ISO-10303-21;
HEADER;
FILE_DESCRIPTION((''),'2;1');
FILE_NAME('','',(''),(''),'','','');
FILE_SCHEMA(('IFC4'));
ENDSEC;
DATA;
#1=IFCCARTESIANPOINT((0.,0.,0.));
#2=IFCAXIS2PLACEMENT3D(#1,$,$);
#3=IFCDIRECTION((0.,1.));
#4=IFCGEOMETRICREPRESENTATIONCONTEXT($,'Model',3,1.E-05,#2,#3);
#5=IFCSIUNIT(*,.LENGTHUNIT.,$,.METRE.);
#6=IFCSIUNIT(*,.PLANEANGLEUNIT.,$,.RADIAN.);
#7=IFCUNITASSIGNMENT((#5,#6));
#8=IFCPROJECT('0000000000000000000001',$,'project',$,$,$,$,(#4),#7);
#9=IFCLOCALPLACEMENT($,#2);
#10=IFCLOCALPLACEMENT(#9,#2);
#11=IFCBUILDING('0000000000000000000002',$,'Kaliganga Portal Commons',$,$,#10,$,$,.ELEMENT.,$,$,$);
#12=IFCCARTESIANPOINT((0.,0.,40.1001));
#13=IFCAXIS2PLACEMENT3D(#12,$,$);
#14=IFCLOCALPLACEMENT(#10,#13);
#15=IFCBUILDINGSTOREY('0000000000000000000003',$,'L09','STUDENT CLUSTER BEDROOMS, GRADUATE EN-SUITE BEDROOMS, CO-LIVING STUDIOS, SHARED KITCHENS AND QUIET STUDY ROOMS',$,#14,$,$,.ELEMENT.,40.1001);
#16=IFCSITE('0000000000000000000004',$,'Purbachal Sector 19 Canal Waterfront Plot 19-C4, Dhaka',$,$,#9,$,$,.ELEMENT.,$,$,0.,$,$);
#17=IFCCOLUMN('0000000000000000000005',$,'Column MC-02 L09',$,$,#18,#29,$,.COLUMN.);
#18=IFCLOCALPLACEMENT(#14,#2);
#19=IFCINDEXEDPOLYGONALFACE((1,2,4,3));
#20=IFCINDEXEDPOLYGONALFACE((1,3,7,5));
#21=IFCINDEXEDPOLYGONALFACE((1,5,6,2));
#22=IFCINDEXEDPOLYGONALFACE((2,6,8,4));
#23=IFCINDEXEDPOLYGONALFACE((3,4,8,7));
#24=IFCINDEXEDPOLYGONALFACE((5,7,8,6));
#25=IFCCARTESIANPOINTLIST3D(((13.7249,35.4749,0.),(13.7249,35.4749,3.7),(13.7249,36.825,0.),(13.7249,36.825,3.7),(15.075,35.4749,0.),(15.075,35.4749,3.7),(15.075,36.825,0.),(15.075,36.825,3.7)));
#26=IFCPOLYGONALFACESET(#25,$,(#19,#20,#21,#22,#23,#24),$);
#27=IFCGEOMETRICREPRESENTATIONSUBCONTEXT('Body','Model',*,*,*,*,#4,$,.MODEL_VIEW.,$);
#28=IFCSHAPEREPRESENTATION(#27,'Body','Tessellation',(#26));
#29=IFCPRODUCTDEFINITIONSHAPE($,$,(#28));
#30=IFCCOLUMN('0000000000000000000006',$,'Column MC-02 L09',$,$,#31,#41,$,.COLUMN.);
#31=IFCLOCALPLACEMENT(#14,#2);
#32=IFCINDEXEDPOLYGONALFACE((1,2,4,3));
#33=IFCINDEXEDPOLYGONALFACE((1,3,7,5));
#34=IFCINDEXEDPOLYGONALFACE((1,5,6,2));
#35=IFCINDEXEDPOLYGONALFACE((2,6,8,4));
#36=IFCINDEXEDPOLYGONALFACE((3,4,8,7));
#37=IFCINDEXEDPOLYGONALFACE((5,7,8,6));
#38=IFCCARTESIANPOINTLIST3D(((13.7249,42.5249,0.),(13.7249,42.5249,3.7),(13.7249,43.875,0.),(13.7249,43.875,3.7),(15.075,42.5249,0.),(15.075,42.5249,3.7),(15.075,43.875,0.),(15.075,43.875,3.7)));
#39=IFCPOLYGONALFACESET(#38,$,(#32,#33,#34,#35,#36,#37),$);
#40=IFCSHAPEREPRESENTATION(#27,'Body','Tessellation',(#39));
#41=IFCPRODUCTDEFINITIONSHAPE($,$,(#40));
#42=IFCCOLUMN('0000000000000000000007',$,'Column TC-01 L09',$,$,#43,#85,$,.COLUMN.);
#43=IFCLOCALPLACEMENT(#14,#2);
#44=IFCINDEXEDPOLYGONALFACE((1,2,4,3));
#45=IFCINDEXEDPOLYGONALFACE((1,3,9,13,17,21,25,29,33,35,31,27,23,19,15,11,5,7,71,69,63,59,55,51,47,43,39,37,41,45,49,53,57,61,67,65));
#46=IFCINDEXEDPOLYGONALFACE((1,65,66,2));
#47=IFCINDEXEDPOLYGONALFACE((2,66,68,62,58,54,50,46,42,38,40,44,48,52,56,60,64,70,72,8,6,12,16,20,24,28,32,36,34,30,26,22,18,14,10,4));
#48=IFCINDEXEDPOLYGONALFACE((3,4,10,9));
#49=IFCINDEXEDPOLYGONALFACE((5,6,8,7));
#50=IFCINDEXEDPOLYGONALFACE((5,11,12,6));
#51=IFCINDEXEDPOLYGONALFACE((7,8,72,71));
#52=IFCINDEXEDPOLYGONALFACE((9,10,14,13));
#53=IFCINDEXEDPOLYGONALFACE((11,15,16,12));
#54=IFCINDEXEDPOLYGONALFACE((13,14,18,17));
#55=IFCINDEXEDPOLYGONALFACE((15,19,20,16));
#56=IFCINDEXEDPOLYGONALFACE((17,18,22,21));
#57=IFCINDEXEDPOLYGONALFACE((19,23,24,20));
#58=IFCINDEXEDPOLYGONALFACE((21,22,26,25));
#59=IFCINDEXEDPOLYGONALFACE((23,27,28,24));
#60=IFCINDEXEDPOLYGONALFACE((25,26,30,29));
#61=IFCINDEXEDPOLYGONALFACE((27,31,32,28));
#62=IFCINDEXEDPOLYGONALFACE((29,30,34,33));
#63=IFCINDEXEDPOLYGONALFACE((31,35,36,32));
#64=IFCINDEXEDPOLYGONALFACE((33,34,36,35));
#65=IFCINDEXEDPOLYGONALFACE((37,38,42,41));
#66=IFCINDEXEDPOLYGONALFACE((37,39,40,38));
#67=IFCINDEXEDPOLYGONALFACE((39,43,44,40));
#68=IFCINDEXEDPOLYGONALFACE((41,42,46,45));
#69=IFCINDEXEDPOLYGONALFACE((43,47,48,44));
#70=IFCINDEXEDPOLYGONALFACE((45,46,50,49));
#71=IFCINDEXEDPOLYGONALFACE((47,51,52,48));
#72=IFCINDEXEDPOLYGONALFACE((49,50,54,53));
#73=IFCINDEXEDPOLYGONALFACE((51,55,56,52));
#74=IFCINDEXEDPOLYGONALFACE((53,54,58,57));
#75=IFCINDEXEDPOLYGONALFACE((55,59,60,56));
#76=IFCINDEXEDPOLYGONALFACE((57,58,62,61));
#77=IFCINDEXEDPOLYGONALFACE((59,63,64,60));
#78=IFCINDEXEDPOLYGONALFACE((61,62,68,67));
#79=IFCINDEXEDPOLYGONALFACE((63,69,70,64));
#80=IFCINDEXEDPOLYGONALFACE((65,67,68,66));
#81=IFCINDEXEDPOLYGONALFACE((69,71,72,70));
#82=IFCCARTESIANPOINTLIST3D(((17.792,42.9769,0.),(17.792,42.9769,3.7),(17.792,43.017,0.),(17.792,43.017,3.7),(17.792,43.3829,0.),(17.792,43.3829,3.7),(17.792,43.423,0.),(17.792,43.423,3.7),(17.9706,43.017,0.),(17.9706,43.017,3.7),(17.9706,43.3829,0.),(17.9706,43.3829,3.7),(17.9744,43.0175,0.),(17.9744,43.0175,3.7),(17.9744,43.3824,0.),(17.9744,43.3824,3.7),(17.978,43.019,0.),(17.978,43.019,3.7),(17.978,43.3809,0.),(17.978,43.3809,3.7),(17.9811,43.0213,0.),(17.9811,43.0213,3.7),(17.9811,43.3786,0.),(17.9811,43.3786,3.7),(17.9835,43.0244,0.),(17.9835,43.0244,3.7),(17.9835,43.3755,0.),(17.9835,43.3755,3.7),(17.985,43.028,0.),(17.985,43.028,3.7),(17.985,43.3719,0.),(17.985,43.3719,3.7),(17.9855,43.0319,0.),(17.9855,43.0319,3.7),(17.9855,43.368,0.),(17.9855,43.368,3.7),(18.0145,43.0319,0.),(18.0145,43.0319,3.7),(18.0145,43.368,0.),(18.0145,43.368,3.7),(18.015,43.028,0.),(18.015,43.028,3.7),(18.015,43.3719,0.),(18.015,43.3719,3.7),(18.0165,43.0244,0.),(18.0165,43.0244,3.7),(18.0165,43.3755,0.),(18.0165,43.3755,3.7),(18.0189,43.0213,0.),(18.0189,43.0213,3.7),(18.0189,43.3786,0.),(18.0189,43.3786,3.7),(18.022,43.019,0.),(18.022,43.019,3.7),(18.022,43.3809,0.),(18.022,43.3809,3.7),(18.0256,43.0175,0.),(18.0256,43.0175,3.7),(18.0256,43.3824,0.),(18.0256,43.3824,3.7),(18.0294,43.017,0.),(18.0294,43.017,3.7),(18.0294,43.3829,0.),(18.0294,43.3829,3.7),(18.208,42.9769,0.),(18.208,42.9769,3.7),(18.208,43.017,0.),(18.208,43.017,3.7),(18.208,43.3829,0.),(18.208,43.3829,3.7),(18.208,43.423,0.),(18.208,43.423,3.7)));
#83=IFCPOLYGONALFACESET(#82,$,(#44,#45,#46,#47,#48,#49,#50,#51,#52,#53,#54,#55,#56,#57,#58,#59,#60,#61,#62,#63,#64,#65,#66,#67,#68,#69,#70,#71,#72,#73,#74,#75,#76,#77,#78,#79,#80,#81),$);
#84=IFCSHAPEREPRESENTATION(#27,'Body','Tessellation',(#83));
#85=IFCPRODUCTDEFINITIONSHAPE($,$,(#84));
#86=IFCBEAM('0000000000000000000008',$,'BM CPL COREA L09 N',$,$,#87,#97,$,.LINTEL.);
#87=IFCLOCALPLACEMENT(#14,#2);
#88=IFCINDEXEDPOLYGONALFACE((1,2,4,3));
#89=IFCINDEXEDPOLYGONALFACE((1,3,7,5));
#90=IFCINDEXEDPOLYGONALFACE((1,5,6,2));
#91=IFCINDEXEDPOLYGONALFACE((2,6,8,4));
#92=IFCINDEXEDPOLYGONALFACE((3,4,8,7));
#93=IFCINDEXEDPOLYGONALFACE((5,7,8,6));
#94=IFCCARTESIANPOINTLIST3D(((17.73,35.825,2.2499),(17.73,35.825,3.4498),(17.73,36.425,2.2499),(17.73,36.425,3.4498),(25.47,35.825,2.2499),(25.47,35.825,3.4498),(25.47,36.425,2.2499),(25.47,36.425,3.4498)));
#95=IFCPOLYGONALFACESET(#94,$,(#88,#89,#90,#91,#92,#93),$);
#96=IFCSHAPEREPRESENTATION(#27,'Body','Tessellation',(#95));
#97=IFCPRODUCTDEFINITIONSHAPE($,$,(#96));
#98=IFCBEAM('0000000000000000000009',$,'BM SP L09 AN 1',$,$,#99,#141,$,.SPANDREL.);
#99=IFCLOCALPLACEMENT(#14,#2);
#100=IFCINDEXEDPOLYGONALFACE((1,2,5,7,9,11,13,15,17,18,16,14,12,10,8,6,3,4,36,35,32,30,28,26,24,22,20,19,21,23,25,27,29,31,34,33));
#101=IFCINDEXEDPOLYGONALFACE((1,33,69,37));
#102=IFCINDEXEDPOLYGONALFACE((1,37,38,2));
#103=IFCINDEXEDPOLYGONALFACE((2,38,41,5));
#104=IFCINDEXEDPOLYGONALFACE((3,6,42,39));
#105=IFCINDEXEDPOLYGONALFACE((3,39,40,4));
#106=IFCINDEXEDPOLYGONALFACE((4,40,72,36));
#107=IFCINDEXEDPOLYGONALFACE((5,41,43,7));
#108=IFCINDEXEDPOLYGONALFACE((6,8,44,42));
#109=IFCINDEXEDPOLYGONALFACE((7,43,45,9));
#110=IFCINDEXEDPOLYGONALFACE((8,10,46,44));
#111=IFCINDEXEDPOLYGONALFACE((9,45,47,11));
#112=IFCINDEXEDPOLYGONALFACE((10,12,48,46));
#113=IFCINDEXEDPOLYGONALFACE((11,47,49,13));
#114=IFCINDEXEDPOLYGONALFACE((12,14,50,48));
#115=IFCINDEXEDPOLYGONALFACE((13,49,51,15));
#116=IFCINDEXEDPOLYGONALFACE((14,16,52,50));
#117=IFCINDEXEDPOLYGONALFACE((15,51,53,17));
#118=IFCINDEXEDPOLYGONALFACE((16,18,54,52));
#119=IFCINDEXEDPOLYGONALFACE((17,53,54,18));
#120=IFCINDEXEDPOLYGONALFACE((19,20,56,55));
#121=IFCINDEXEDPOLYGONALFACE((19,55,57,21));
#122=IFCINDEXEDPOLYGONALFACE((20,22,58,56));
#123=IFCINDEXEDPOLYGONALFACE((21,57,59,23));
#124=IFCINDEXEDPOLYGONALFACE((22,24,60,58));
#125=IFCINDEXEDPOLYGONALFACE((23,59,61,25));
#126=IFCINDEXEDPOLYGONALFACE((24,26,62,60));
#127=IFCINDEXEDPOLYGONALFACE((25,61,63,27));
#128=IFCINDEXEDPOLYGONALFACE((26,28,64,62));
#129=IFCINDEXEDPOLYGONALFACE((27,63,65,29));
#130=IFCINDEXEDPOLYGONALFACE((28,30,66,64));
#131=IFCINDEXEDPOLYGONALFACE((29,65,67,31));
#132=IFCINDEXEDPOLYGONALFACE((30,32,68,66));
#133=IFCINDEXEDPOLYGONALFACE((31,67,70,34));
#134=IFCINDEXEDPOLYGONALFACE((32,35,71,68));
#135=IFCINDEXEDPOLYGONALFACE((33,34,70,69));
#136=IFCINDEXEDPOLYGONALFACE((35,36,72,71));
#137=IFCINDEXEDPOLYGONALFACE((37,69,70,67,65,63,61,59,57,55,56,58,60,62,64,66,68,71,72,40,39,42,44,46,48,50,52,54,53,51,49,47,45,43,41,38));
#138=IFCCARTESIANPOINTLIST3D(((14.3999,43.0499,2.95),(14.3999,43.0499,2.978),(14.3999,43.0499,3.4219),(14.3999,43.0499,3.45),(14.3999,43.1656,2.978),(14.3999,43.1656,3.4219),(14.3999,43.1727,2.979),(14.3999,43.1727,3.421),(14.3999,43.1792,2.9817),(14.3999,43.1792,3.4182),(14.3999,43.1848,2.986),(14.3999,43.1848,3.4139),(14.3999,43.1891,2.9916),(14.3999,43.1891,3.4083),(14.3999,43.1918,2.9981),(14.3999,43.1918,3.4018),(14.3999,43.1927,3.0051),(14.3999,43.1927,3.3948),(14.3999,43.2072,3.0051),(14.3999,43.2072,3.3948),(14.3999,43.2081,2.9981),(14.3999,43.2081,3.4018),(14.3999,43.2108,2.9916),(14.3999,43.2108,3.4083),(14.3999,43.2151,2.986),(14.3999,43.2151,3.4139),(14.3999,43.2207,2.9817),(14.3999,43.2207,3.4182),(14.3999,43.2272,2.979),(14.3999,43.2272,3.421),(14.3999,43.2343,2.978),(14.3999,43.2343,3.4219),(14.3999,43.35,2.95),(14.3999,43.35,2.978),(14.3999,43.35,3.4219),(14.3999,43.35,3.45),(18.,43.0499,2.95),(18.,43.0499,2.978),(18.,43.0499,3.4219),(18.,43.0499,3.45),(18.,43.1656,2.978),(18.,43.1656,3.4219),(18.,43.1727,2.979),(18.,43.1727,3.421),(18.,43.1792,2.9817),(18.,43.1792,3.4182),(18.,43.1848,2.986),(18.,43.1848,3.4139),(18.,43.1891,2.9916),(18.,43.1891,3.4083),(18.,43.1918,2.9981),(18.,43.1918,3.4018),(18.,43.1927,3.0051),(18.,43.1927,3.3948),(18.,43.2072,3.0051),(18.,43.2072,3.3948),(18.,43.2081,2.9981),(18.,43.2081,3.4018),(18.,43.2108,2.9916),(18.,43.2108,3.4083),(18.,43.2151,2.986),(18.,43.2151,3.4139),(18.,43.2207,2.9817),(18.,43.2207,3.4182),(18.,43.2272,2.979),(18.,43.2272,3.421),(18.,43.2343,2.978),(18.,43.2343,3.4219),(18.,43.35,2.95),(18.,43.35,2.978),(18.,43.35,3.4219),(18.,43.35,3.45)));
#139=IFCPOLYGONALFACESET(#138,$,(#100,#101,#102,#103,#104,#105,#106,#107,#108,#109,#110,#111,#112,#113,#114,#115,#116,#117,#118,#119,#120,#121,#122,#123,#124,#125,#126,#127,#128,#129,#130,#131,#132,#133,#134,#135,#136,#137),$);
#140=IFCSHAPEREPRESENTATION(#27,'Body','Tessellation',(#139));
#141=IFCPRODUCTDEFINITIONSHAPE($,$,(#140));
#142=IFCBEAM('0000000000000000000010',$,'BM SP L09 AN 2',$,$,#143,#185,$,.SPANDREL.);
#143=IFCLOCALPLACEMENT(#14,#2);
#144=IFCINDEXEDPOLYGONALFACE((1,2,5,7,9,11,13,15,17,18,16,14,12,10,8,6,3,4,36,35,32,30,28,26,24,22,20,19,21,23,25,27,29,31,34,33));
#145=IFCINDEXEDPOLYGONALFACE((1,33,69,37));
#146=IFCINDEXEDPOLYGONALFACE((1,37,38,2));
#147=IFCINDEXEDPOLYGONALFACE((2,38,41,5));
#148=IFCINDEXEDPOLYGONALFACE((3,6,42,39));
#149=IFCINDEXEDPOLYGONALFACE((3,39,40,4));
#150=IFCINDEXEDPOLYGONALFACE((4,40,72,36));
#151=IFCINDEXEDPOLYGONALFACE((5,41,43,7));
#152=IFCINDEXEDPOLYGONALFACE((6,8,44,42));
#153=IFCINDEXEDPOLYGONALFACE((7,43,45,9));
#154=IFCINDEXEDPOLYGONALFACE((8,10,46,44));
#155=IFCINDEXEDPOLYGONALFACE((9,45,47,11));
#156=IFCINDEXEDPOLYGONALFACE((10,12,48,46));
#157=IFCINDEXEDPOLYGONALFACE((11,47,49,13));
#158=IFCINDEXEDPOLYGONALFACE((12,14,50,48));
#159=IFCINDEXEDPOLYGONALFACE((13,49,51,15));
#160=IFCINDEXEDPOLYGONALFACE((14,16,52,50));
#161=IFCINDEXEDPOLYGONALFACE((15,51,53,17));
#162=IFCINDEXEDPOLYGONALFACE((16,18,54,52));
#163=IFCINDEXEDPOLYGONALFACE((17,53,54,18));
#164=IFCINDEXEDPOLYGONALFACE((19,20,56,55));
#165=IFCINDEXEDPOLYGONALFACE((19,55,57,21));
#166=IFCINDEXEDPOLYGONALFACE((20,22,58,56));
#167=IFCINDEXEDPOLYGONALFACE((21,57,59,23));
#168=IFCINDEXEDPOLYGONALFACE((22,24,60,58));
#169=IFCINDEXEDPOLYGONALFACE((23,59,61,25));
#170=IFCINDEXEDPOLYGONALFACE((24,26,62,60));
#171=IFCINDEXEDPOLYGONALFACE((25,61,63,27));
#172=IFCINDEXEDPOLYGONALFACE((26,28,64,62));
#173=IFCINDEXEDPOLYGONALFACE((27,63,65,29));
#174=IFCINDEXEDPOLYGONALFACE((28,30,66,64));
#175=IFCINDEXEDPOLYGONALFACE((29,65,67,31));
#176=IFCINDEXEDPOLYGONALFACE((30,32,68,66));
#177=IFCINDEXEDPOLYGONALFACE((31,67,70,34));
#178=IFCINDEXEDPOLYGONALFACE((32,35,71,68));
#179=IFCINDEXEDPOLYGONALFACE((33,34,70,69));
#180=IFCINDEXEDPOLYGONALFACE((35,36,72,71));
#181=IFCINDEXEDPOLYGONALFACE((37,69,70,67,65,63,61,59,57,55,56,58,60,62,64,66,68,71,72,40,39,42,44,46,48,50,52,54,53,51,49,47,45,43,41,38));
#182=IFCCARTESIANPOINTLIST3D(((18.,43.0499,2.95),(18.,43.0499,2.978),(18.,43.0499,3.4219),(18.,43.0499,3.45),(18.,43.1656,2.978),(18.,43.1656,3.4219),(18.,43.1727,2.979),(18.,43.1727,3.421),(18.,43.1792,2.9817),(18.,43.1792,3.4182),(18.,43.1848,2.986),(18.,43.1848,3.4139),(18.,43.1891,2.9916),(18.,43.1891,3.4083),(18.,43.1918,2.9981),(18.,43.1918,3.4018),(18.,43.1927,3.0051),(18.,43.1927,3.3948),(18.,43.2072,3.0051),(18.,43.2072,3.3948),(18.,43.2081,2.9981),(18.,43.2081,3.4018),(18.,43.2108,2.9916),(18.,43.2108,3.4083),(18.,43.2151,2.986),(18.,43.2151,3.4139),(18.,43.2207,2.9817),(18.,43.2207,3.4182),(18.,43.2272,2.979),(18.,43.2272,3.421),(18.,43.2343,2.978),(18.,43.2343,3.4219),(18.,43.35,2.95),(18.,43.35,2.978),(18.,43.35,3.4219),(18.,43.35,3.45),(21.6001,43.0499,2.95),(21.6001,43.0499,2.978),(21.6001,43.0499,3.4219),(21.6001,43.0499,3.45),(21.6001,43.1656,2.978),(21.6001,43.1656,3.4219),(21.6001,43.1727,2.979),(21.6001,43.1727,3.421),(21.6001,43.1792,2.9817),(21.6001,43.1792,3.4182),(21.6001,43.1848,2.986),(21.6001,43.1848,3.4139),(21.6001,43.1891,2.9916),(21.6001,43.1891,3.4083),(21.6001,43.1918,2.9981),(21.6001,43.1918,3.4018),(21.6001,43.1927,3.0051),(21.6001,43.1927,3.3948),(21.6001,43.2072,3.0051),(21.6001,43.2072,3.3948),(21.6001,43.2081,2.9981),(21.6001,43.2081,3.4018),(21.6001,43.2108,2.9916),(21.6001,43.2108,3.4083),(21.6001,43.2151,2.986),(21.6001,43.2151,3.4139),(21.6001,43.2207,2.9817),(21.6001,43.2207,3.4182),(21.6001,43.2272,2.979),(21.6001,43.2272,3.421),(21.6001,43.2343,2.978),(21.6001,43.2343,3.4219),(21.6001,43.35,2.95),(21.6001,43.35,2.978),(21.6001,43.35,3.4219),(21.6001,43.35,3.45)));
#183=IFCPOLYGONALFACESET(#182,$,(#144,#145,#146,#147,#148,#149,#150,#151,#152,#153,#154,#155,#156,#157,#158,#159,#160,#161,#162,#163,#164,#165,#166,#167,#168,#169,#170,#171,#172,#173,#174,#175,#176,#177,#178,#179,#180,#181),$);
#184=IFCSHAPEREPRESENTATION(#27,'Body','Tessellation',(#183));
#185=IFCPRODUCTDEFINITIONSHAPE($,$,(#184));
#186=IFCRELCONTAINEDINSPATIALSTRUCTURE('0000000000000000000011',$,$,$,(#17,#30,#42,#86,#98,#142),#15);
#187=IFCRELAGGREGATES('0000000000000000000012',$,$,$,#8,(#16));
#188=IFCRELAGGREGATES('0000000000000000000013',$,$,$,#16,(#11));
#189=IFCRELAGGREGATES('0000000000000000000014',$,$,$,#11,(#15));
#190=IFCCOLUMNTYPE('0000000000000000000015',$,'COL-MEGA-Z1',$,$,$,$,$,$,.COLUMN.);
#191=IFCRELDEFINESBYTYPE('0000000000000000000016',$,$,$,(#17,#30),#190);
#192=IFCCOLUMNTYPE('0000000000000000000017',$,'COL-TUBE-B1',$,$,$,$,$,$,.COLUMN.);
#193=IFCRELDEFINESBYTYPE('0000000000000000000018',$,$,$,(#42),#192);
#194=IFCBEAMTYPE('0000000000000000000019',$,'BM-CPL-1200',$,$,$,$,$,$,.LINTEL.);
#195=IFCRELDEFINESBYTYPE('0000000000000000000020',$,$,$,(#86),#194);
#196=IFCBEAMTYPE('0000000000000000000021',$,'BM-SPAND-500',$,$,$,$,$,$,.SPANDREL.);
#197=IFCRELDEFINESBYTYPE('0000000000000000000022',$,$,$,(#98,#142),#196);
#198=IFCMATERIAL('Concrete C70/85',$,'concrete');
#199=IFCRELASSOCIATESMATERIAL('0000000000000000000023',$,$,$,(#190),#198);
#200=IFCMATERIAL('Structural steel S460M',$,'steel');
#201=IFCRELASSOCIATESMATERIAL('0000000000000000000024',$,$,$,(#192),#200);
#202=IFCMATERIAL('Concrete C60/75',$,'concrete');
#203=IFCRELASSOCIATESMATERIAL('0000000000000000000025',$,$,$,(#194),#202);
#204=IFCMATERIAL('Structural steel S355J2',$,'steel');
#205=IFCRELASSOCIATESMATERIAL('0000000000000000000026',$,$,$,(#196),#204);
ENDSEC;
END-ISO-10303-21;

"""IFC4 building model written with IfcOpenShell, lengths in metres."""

from ifc_helpers import new_model, si_unit, direction, frame, origin, origin_2d, place, context, subcontext, project, spatial, rectangle, i_section, extrude, source, transform, mapped, material, material_profile, profile_set, type_object, element, save


model = new_model("IFC4")

# Units and contexts
model_context = context("Model", 3, precision=1e-05, world=origin(), true_north=direction((0.0, 1.0)))
body_context = subcontext(model_context, "Body", "Model", "MODEL_VIEW")
ifc_project = project(units=[si_unit("LENGTHUNIT", "METRE"), si_unit("PLANEANGLEUNIT", "RADIAN")], contexts=[model_context])

# Site, building, storey
site_placement = place(None, origin())
site = spatial("IfcSite", under=ifc_project, at=site_placement, Name="Purbachal Sector 19 Canal Waterfront Plot 19-C4, Dhaka", CompositionType="ELEMENT", RefElevation=0.0)
building_placement = place(site_placement, origin())
building = spatial("IfcBuilding", under=site, at=building_placement, Name="Kaliganga Portal Commons", CompositionType="ELEMENT")
storey_placement = place(building_placement, frame((0.0, 0.0, 40.1001)))
storey = spatial("IfcBuildingStorey", under=building, at=storey_placement, Name="L09", Description="STUDENT CLUSTER BEDROOMS, GRADUATE EN-SUITE BEDROOMS, CO-LIVING STUDIOS, SHARED KITCHENS AND QUIET STUDY ROOMS", CompositionType="ELEMENT", Elevation=40.1001)

# Columns
ifc_material_1 = material(Name="Concrete C70/85", Category="concrete")
ifc_material_profile_1 = material_profile(ifc_material_1, rectangle(XDim=1.3501, YDim=1.3501, at=origin_2d()), Name="RC 1350x1350")
ifc_profile_set_1 = profile_set([ifc_material_profile_1], Name="Concrete C70/85")
column_type_1 = type_object("IfcColumnType", Name="COL-MEGA-Z1", PredefinedType="COLUMN", material=ifc_profile_set_1)
shared_shape_1 = source(origin(), body_context, "Body", "SweptSolid", [
    extrude(rectangle(XDim=1.3501, YDim=1.3501, at=origin_2d()), origin(), (0.0, 0.0, 1.0), 3.7),
])
for number, where, z_axis, x_axis, name in (
    (1, (14.3999, 36.1499, 0.0), (0.0, 0.0, 1.0), (1.0, 0.0, 0.0), "Column MC-02 L09"),
    (2, (14.3999, 43.2, 0.0), (0.0, 0.0, 1.0), (1.0, 0.0, 0.0), "Column MC-02 L09"),
):
    element("IfcColumn", number, at=place(storey_placement, frame(where, z_axis=z_axis, x_axis=x_axis)), inside=storey, type_object=column_type_1, Name=name, PredefinedType="COLUMN", context=body_context, shape_type="MappedRepresentation", body=[
        mapped(shared_shape_1, transform((0.0, 0.0, 0.0), x_axis=(1.0, 0.0, 0.0), y_axis=(0.0, 1.0, 0.0), z_axis=(0.0, 0.0, 1.0), scale=1.0)),
    ])
ifc_material_2 = material(Name="Structural steel S460M", Category="steel")
ifc_material_profile_2 = material_profile(ifc_material_2, i_section(OverallWidth=0.416, OverallDepth=0.446, WebThickness=0.0291, FlangeThickness=0.04, FilletRadius=0.0149, at=origin_2d()), Name="HD 400x509")
ifc_profile_set_2 = profile_set([ifc_material_profile_2], Name="Structural steel S460M wide-flange")
column_type_2 = type_object("IfcColumnType", Name="COL-TUBE-B1", PredefinedType="COLUMN", material=ifc_profile_set_2)
shared_shape_2 = source(origin(), body_context, "Body", "SweptSolid", [
    extrude(i_section(OverallWidth=0.416, OverallDepth=0.446, WebThickness=0.0291, FlangeThickness=0.04, FilletRadius=0.0149, at=origin_2d()), origin(), (0.0, 0.0, 1.0), 3.7),
])
column_placement = place(storey_placement, frame((18.0, 43.2, 0.0), z_axis=(0.0, 0.0, 1.0), x_axis=(1.0, 0.0, 0.0)))
element("IfcColumn", 3, at=column_placement, inside=storey, type_object=column_type_2, Name="Column TC-01 L09", PredefinedType="COLUMN", context=body_context, shape_type="MappedRepresentation", body=[
    mapped(shared_shape_2, transform((0.0, 0.0, 0.0), x_axis=(1.0, 0.0, 0.0), y_axis=(0.0, 1.0, 0.0), z_axis=(0.0, 0.0, 1.0), scale=1.0)),
])

# Beams
ifc_material_3 = material(Name="Concrete C60/75", Category="concrete")
ifc_material_profile_3 = material_profile(ifc_material_3, rectangle(XDim=0.6001, YDim=1.2, at=origin_2d()), Name="RC 600x1200")
ifc_profile_set_3 = profile_set([ifc_material_profile_3], Name="Concrete C60/75")
beam_type_1 = type_object("IfcBeamType", Name="BM-CPL-1200", PredefinedType="LINTEL", material=ifc_profile_set_3)
shared_shape_3 = source(origin(), body_context, "Body", "SweptSolid", [
    extrude(rectangle(XDim=0.6001, YDim=1.2, at=origin_2d()), origin(), (0.0, 0.0, 1.0), 7.74),
])
beam_1_placement = place(storey_placement, frame((17.73, 36.125, 2.8499), z_axis=(1.0, 0.0, 0.0), x_axis=(0.0, 1.0, 0.0)))
element("IfcBeam", 4, at=beam_1_placement, inside=storey, type_object=beam_type_1, Name="BM CPL COREA L09 N", PredefinedType="LINTEL", context=body_context, shape_type="MappedRepresentation", body=[
    mapped(shared_shape_3, transform((0.0, 0.0, 0.0), x_axis=(1.0, 0.0, 0.0), y_axis=(0.0, 1.0, 0.0), z_axis=(0.0, 0.0, 1.0), scale=1.0)),
])
ifc_material_4 = material(Name="Structural steel S355J2", Category="steel")
ifc_material_profile_4 = material_profile(ifc_material_4, i_section(OverallWidth=0.3, OverallDepth=0.5, WebThickness=0.0144, FlangeThickness=0.0281, FilletRadius=0.0271, at=origin_2d()), Name="HE 500 B")
ifc_profile_set_4 = profile_set([ifc_material_profile_4], Name="Structural steel S355J2 wide-flange")
beam_type_2 = type_object("IfcBeamType", Name="BM-SPAND-500", PredefinedType="SPANDREL", material=ifc_profile_set_4)
shared_shape_4 = source(origin(), body_context, "Body", "SweptSolid", [
    extrude(i_section(OverallWidth=0.3, OverallDepth=0.5, WebThickness=0.0144, FlangeThickness=0.0281, FilletRadius=0.0271, at=origin_2d()), origin(), (0.0, 0.0, 1.0), 3.6001),
])
for number, where, z_axis, x_axis, name in (
    (5, (14.3999, 43.2, 3.2), (1.0, 0.0, 0.0), (0.0, 1.0, 0.0), "BM SP L09 AN 1"),
    (6, (18.0, 43.2, 3.2), (1.0, 0.0, 0.0), (0.0, 1.0, 0.0), "BM SP L09 AN 2"),
):
    element("IfcBeam", number, at=place(storey_placement, frame(where, z_axis=z_axis, x_axis=x_axis)), inside=storey, type_object=beam_type_2, Name=name, PredefinedType="SPANDREL", context=body_context, shape_type="MappedRepresentation", body=[
        mapped(shared_shape_4, transform((0.0, 0.0, 0.0), x_axis=(1.0, 0.0, 0.0), y_axis=(0.0, 1.0, 0.0), z_axis=(0.0, 0.0, 1.0), scale=1.0)),
    ])

save(model, "model.ifc")
